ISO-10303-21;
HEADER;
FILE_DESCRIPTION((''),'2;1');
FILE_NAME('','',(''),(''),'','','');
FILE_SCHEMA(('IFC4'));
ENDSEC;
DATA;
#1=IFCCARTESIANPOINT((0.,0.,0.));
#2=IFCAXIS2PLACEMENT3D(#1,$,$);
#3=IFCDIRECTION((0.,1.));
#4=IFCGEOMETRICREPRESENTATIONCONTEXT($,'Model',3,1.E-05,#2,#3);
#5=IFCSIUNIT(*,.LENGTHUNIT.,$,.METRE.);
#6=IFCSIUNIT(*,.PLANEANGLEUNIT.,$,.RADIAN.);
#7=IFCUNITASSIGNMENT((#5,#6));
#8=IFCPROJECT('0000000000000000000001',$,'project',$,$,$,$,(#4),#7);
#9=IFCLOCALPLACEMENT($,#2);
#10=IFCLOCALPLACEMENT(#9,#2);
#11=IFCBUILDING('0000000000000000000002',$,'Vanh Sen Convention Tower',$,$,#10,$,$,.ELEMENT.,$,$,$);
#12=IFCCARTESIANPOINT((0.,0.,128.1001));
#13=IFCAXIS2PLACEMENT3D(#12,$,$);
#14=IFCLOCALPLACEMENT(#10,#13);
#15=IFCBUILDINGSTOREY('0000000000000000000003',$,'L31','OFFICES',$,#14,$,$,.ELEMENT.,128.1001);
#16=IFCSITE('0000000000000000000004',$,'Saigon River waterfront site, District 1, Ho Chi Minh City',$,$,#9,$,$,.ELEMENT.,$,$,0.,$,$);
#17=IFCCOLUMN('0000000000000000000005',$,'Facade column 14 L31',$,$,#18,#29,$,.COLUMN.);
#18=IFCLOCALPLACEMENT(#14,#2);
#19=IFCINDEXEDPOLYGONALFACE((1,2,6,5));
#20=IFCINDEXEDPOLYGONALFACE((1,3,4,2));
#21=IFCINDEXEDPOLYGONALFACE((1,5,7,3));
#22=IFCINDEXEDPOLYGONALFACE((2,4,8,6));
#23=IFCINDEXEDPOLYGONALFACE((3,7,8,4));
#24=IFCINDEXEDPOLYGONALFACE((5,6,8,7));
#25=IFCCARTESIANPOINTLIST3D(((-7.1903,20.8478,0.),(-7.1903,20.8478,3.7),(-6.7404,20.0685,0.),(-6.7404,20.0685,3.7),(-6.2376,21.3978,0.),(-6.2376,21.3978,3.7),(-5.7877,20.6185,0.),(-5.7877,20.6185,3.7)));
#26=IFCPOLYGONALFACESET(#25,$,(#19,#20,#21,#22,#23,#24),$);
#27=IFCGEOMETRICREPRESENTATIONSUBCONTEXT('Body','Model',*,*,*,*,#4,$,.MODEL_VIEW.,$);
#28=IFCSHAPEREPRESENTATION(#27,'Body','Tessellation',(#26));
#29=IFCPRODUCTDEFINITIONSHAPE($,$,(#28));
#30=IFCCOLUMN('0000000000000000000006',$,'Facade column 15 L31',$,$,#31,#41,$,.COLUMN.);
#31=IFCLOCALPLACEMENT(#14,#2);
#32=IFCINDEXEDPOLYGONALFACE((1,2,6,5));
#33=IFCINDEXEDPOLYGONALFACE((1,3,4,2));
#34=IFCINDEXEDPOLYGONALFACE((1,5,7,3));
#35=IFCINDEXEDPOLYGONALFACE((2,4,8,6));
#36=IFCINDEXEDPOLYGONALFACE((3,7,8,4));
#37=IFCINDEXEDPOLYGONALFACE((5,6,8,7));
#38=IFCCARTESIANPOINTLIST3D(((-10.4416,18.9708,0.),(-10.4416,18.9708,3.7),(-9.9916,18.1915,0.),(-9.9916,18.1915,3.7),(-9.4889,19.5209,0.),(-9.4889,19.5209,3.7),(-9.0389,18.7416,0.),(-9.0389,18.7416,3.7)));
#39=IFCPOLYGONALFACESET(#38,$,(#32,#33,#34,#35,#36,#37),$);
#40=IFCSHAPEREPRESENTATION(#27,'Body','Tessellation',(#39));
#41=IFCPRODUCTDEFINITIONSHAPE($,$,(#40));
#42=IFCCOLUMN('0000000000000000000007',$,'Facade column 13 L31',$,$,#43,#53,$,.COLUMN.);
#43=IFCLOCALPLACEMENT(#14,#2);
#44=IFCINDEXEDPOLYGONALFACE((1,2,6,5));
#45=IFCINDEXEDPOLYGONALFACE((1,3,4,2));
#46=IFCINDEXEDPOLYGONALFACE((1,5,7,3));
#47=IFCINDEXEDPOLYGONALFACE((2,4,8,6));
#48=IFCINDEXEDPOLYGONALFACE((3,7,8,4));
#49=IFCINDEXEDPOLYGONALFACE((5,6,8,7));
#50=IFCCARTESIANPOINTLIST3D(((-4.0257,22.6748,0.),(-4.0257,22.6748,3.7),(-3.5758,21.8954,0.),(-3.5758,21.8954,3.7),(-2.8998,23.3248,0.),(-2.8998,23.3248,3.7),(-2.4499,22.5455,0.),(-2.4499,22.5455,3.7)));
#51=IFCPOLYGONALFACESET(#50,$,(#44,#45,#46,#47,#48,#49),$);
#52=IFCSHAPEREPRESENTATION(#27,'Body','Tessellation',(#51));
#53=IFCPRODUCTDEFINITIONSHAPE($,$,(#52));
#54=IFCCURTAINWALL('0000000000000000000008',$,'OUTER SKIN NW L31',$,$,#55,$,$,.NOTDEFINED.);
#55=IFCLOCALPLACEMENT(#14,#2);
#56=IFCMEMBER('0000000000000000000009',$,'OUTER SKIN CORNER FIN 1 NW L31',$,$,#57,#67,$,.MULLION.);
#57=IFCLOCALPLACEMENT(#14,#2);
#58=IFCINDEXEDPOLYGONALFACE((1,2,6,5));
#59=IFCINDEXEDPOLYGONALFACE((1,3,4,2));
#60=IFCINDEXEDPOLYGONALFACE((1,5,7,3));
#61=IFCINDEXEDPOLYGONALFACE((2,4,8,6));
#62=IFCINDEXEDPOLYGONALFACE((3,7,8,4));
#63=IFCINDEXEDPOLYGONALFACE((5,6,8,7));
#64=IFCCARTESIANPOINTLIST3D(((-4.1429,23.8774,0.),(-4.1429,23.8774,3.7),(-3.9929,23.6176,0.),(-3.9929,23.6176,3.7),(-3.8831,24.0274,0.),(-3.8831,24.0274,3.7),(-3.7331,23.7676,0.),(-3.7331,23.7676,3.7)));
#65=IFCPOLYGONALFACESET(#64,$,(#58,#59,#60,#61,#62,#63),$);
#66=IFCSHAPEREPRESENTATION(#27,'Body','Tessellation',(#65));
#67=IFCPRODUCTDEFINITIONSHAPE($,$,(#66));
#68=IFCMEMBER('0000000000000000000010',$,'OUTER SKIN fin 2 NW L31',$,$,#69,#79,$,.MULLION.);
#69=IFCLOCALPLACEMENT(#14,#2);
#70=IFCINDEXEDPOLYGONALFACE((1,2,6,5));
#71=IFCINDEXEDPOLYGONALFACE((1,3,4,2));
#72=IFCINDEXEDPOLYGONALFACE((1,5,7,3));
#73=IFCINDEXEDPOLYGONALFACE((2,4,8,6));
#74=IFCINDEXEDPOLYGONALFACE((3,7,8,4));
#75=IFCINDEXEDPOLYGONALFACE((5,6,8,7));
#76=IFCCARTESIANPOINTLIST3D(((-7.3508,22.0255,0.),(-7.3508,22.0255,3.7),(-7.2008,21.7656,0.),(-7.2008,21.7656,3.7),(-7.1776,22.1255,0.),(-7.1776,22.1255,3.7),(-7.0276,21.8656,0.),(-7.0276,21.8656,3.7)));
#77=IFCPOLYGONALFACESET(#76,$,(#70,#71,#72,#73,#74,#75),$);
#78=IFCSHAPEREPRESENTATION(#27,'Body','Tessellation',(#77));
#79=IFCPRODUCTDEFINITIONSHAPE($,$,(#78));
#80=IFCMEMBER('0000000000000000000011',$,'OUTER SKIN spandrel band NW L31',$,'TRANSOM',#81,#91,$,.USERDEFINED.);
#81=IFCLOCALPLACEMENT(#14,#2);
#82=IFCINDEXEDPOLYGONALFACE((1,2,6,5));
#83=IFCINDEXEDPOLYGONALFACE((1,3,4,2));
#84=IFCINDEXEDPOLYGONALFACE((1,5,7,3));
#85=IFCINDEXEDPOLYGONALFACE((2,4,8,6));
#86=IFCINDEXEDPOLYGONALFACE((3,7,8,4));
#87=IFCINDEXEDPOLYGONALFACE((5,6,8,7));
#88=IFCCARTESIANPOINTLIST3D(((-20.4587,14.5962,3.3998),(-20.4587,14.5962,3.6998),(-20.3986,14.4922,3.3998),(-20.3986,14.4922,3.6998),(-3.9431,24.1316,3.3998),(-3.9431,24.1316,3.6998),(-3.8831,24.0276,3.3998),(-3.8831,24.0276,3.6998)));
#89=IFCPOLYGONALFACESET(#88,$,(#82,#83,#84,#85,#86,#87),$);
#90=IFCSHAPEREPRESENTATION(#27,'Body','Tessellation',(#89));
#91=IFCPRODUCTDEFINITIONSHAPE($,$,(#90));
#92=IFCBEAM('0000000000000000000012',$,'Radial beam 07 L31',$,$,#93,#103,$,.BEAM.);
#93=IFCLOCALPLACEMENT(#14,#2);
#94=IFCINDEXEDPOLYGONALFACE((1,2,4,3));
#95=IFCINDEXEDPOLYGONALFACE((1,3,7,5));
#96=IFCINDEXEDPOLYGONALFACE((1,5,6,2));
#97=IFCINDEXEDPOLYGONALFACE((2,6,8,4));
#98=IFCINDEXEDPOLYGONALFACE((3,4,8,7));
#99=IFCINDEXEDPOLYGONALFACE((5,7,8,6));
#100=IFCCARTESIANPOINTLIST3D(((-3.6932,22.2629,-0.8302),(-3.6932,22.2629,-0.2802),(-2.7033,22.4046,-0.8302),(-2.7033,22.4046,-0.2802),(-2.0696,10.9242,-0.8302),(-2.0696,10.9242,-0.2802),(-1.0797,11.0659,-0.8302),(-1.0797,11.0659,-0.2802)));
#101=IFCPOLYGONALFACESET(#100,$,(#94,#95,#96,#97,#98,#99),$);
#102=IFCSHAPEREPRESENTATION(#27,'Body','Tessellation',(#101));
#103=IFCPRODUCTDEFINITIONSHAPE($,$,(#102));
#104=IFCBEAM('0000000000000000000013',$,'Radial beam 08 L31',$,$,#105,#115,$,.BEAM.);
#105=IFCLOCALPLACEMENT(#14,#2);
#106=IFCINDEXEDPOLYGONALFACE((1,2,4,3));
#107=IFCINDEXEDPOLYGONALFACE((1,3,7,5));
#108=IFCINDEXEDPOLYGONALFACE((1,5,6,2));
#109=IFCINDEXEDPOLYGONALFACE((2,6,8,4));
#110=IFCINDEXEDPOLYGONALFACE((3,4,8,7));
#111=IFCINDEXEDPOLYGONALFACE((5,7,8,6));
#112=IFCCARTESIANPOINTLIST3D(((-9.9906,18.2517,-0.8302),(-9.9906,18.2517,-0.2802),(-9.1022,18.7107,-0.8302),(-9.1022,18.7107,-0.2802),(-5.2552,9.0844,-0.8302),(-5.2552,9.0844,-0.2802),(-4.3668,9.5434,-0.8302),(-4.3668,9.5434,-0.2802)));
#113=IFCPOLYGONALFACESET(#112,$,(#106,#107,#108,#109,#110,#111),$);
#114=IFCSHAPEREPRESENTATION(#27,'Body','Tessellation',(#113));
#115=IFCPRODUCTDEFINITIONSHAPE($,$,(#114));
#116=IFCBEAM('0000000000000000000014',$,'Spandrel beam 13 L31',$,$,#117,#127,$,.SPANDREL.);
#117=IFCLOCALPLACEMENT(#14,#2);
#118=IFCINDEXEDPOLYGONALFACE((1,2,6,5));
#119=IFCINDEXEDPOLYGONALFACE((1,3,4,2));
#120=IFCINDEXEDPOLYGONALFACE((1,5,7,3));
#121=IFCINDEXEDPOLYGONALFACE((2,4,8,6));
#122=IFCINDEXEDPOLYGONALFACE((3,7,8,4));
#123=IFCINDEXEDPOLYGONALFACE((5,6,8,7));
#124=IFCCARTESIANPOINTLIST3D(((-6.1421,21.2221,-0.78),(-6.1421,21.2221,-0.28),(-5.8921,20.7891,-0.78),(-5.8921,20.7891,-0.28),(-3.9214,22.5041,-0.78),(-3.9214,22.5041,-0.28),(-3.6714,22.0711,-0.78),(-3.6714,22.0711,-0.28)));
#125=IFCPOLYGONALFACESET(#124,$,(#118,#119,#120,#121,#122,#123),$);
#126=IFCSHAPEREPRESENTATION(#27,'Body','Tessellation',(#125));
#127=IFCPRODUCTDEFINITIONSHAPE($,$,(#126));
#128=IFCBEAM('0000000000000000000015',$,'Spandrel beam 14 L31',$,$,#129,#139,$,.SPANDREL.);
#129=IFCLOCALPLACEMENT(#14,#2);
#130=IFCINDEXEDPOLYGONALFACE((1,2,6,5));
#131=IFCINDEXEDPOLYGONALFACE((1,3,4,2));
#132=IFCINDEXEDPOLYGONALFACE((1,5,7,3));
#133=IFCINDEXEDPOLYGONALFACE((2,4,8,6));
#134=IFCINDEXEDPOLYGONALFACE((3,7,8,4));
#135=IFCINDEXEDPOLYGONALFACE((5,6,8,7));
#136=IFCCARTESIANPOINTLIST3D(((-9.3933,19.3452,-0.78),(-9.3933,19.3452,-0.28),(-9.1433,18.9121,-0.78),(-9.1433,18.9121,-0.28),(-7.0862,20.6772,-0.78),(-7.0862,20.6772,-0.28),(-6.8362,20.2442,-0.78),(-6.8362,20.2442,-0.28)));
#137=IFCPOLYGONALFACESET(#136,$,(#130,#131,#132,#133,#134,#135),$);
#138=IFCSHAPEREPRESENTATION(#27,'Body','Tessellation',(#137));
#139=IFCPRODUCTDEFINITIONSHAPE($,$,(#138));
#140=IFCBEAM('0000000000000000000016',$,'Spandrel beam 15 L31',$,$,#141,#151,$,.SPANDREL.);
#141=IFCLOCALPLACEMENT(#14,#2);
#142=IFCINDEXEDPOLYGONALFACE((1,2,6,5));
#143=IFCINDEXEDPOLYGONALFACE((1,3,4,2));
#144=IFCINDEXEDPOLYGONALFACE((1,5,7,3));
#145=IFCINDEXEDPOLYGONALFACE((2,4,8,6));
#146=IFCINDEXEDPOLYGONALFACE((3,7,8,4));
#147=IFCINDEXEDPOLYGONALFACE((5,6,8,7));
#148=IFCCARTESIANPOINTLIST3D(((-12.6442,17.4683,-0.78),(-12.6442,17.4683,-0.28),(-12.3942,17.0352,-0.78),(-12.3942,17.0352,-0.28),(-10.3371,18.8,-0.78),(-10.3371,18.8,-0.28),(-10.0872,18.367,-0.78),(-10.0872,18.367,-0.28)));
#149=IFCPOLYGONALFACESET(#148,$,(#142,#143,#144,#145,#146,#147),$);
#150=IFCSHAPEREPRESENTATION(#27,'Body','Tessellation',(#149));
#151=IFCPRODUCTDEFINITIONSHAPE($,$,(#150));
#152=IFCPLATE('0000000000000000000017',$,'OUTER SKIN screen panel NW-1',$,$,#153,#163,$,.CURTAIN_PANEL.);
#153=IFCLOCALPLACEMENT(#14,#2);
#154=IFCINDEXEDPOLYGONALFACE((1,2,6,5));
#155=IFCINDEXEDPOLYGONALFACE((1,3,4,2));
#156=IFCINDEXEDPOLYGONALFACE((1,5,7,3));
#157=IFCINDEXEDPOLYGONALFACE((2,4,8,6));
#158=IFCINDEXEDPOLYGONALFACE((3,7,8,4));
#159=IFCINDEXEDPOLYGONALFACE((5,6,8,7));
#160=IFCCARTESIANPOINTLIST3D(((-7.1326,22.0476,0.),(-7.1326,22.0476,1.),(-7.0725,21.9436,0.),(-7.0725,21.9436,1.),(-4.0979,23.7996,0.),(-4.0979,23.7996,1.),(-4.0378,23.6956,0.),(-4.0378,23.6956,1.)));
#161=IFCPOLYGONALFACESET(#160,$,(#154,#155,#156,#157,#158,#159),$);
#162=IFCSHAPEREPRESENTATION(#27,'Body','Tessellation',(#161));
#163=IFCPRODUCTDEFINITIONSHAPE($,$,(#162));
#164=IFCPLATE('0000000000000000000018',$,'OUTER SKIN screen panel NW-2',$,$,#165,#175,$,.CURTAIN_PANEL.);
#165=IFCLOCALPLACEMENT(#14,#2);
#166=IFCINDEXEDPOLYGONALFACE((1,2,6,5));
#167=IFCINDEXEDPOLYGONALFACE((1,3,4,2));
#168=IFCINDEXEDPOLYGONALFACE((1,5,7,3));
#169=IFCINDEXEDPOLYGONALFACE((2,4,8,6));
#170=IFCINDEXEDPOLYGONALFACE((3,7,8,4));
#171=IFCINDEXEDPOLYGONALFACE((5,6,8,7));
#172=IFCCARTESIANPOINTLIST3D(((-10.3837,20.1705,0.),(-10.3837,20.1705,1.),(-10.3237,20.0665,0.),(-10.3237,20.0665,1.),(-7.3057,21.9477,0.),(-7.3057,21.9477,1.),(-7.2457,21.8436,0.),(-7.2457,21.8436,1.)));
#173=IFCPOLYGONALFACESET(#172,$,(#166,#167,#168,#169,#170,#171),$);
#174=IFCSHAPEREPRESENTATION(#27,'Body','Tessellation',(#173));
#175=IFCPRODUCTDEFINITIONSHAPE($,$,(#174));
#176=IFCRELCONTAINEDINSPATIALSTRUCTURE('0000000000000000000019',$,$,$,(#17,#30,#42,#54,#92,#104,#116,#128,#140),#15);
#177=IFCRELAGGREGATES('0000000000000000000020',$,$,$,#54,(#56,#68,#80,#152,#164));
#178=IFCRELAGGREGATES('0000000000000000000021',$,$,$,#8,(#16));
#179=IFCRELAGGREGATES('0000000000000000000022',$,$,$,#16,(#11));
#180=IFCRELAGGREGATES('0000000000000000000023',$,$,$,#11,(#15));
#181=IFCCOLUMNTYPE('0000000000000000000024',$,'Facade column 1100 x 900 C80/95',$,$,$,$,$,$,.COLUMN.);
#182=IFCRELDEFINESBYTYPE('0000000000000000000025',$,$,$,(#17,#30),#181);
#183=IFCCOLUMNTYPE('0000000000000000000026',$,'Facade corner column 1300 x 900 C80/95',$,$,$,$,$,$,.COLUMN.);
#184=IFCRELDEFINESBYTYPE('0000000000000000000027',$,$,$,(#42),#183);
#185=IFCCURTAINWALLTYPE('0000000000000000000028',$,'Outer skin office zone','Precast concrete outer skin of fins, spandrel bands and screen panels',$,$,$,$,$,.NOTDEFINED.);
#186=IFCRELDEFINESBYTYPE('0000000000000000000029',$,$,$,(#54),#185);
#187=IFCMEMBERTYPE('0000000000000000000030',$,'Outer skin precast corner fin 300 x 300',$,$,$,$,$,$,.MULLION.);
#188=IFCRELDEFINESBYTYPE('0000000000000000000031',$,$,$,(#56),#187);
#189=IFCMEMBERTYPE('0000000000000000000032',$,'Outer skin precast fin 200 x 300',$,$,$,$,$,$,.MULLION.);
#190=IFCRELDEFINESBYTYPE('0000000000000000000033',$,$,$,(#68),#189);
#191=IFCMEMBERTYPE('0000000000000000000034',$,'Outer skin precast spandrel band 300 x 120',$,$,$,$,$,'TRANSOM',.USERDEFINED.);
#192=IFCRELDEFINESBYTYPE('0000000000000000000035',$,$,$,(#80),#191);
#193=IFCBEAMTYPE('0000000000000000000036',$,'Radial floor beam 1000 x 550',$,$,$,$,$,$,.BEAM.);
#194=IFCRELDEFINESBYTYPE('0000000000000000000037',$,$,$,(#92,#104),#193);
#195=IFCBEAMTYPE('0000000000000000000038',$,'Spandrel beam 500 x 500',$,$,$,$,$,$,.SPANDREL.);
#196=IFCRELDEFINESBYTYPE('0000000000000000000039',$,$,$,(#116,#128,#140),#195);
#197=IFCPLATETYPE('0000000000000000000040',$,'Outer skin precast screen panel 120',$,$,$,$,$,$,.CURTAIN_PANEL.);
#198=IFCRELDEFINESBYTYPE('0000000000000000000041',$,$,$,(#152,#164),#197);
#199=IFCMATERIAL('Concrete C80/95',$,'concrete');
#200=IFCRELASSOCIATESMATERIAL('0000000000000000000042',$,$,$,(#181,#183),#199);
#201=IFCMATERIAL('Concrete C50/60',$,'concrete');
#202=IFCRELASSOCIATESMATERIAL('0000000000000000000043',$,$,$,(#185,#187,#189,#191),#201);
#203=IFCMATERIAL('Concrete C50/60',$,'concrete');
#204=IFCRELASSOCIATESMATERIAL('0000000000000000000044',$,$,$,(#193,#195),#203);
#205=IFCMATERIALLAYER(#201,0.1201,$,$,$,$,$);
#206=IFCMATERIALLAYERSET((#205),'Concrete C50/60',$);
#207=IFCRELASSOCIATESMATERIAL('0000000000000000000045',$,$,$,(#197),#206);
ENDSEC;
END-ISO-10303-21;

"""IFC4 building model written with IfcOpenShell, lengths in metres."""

from ifc_helpers import new_model, si_unit, direction, frame, origin, origin_2d, place, context, subcontext, project, spatial, rectangle, extrude, material, layer, layer_set, material_profile, profile_set, type_object, element, aggregate, save


model = new_model("IFC4")

# Units and contexts
model_context = context("Model", 3, precision=1e-05, world=origin(), true_north=direction((0.0, 1.0)))
body_context = subcontext(model_context, "Body", "Model", "MODEL_VIEW")
ifc_project = project(units=[si_unit("LENGTHUNIT", "METRE"), si_unit("PLANEANGLEUNIT", "RADIAN")], contexts=[model_context])

# Site, building, storey
site_placement = place(None, origin())
site = spatial("IfcSite", under=ifc_project, at=site_placement, Name="Saigon River waterfront site, District 1, Ho Chi Minh City", CompositionType="ELEMENT", RefElevation=0.0)
building_placement = place(site_placement, origin())
building = spatial("IfcBuilding", under=site, at=building_placement, Name="Vanh Sen Convention Tower", CompositionType="ELEMENT")
storey_placement = place(building_placement, frame((0.0, 0.0, 128.1001)))
storey = spatial("IfcBuildingStorey", under=building, at=storey_placement, Name="L31", Description="OFFICES", CompositionType="ELEMENT", Elevation=128.1001)

# Columns
ifc_material_1 = material(Name="Concrete C80/95", Category="concrete")
ifc_material_profile_1 = material_profile(ifc_material_1, rectangle(XDim=1.1001, YDim=0.8999, at=origin_2d()), Name="RC 1100X900")
ifc_profile_set_1 = profile_set([ifc_material_profile_1], Name="Concrete C80/95")
column_type_1 = type_object("IfcColumnType", Name="Facade column 1100 x 900 C80/95", PredefinedType="COLUMN", material=ifc_profile_set_1)
for number, where, z_axis, x_axis, name in (
    (1, (-6.489, 20.7332, 0.0), (0.0, 0.0, 1.0), (-0.866025, -0.5, 0.0), "Facade column 14 L31"),
    (2, (-9.7402, 18.8562, 0.0), (0.0, 0.0, 1.0), (-0.866025, -0.5, 0.0), "Facade column 15 L31"),
):
    element("IfcColumn", number, at=place(storey_placement, frame(where, z_axis=z_axis, x_axis=x_axis)), inside=storey, type_object=column_type_1, Name=name, PredefinedType="COLUMN", context=body_context, shape_type="SweptSolid", body=[
        extrude(rectangle(XDim=1.1001, YDim=0.8999, at=origin_2d()), origin(), (0.0, 0.0, 1.0), 3.7),
    ])
ifc_material_profile_2 = material_profile(ifc_material_1, rectangle(XDim=1.3, YDim=0.8999, at=origin_2d()), Name="RC 1300X900")
ifc_profile_set_2 = profile_set([ifc_material_profile_2], Name="Concrete C80/95")
column_type_2 = type_object("IfcColumnType", Name="Facade corner column 1300 x 900 C80/95", PredefinedType="COLUMN", material=ifc_profile_set_2)
column_placement = place(storey_placement, frame((-3.2378, 22.6101, 0.0), z_axis=(0.0, 0.0, 1.0), x_axis=(-0.866025, -0.5, 0.0)))
element("IfcColumn", 3, at=column_placement, inside=storey, type_object=column_type_2, Name="Facade column 13 L31", PredefinedType="COLUMN", context=body_context, shape_type="SweptSolid", body=[
    extrude(rectangle(XDim=1.3, YDim=0.8999, at=origin_2d()), origin(), (0.0, 0.0, 1.0), 3.7),
])

# Curtain wall, members
ifc_material_2 = material(Name="Concrete C50/60", Category="concrete")
curtain_wall_type = type_object("IfcCurtainWallType", Name="Outer skin office zone", Description="Precast concrete outer skin of fins, spandrel bands and screen panels", PredefinedType="NOTDEFINED", material=ifc_material_2)
curtain_wall_placement = place(storey_placement, origin())
curtain_wall = element("IfcCurtainWall", 4, at=curtain_wall_placement, inside=storey, type_object=curtain_wall_type, Name="OUTER SKIN NW L31", PredefinedType="NOTDEFINED")
ifc_material_profile_3 = material_profile(ifc_material_2, rectangle(XDim=0.3, YDim=0.3, at=origin_2d()), Name="Outer skin precast corner fin 300 x 300")
ifc_profile_set_3 = profile_set([ifc_material_profile_3], Name="Concrete C50/60")
member_type_1 = type_object("IfcMemberType", Name="Outer skin precast corner fin 300 x 300", PredefinedType="MULLION", material=ifc_profile_set_3)
member_1_placement = place(storey_placement, frame((-3.938, 23.8225, 0.0), z_axis=(0.0, 0.0, 1.0), x_axis=(-0.866025, -0.5, 0.0)))
member_1 = element("IfcMember", 5, at=member_1_placement, type_object=member_type_1, Name="OUTER SKIN CORNER FIN 1 NW L31", PredefinedType="MULLION", context=body_context, shape_type="SweptSolid", body=[
    extrude(rectangle(XDim=0.3, YDim=0.3, at=origin_2d()), origin(), (0.0, 0.0, 1.0), 3.7),
])
ifc_material_profile_4 = material_profile(ifc_material_2, rectangle(XDim=0.2, YDim=0.3, at=origin_2d()), Name="Outer skin precast fin 200 x 300")
ifc_profile_set_4 = profile_set([ifc_material_profile_4], Name="Concrete C50/60")
member_type_2 = type_object("IfcMemberType", Name="Outer skin precast fin 200 x 300", PredefinedType="MULLION", material=ifc_profile_set_4)
member_2_placement = place(storey_placement, frame((-7.1892, 21.9456, 0.0), z_axis=(0.0, 0.0, 1.0), x_axis=(-0.866025, -0.5, 0.0)))
member_2 = element("IfcMember", 6, at=member_2_placement, type_object=member_type_2, Name="OUTER SKIN fin 2 NW L31", PredefinedType="MULLION", context=body_context, shape_type="SweptSolid", body=[
    extrude(rectangle(XDim=0.2, YDim=0.3, at=origin_2d()), origin(), (0.0, 0.0, 1.0), 3.7),
])
ifc_material_profile_5 = material_profile(ifc_material_2, rectangle(XDim=0.1201, YDim=0.3, at=origin_2d()), Name="Outer skin precast spandrel band 300 x 120")
ifc_profile_set_5 = profile_set([ifc_material_profile_5], Name="Concrete C50/60")
member_type_3 = type_object("IfcMemberType", Name="Outer skin precast spandrel band 300 x 120", ElementType="TRANSOM", PredefinedType="USERDEFINED", material=ifc_profile_set_5)
member_3_placement = place(storey_placement, frame((-3.9131, 24.0796, 3.5498), z_axis=(-0.866023, -0.500004, 0.0), x_axis=(0.500004, -0.866023, 0.0)))
member_3 = element("IfcMember", 7, at=member_3_placement, type_object=member_type_3, Name="OUTER SKIN spandrel band NW L31", ObjectType="TRANSOM", PredefinedType="USERDEFINED", context=body_context, shape_type="SweptSolid", body=[
    extrude(rectangle(XDim=0.1201, YDim=0.3, at=origin_2d()), origin(), (0.0, 0.0, 1.0), 19.0706),
])

# Beams
ifc_material_3 = material(Name="Concrete C50/60", Category="concrete")
ifc_material_profile_6 = material_profile(ifc_material_3, rectangle(XDim=1.0, YDim=0.55, at=origin_2d()), Name="RC 1000X550")
ifc_profile_set_6 = profile_set([ifc_material_profile_6], Name="Concrete C50/60")
beam_type_1 = type_object("IfcBeamType", Name="Radial floor beam 1000 x 550", PredefinedType="BEAM", material=ifc_profile_set_6)
beam_1_placement = place(storey_placement, frame((-3.1982, 22.3337, -0.5552), z_axis=(0.141741, -0.989904, 0.0), x_axis=(0.989904, 0.141741, 0.0)))
element("IfcBeam", 8, at=beam_1_placement, inside=storey, type_object=beam_type_1, Name="Radial beam 07 L31", PredefinedType="BEAM", context=body_context, shape_type="SweptSolid", body=[
    extrude(rectangle(XDim=1.0, YDim=0.55, at=origin_2d()), origin(), (0.0, 0.0, 1.0), 11.4543),
])
beam_2_placement = place(storey_placement, frame((-9.5464, 18.4812, -0.5552), z_axis=(0.458939, -0.888468, 0.0), x_axis=(0.888468, 0.458939, 0.0)))
element("IfcBeam", 9, at=beam_2_placement, inside=storey, type_object=beam_type_1, Name="Radial beam 08 L31", PredefinedType="BEAM", context=body_context, shape_type="SweptSolid", body=[
    extrude(rectangle(XDim=1.0, YDim=0.55, at=origin_2d()), origin(), (0.0, 0.0, 1.0), 10.3181),
])
ifc_material_profile_7 = material_profile(ifc_material_3, rectangle(XDim=0.5, YDim=0.5, at=origin_2d()), Name="RC 500X500")
ifc_profile_set_7 = profile_set([ifc_material_profile_7], Name="Concrete C50/60")
beam_type_2 = type_object("IfcBeamType", Name="Spandrel beam 500 x 500", PredefinedType="SPANDREL", material=ifc_profile_set_7)
beam_3_placement = place(storey_placement, frame((-3.7964, 22.2876, -0.53), z_axis=(-0.866049, -0.499959, 0.0), x_axis=(0.499959, -0.866049, 0.0)))
element("IfcBeam", 10, at=beam_3_placement, inside=storey, type_object=beam_type_2, Name="Spandrel beam 13 L31", PredefinedType="SPANDREL", context=body_context, shape_type="SweptSolid", body=[
    extrude(rectangle(XDim=0.5, YDim=0.5, at=origin_2d()), origin(), (0.0, 0.0, 1.0), 2.5642),
])
beam_4_placement = place(storey_placement, frame((-6.9612, 20.4607, -0.53), z_axis=(-0.866024, -0.500003, 0.0), x_axis=(0.500003, -0.866024, 0.0)))
element("IfcBeam", 11, at=beam_4_placement, inside=storey, type_object=beam_type_2, Name="Spandrel beam 14 L31", PredefinedType="SPANDREL", context=body_context, shape_type="SweptSolid", body=[
    extrude(rectangle(XDim=0.5, YDim=0.5, at=origin_2d()), origin(), (0.0, 0.0, 1.0), 2.6641),
])
beam_5_placement = place(storey_placement, frame((-10.2122, 18.5835, -0.53), z_axis=(-0.866063, -0.499934, 0.0), x_axis=(0.499934, -0.866063, 0.0)))
element("IfcBeam", 12, at=beam_5_placement, inside=storey, type_object=beam_type_2, Name="Spandrel beam 15 L31", PredefinedType="SPANDREL", context=body_context, shape_type="SweptSolid", body=[
    extrude(rectangle(XDim=0.5, YDim=0.5, at=origin_2d()), origin(), (0.0, 0.0, 1.0), 2.6638),
])

# Plates
ifc_layer_1 = layer(ifc_material_2, 0.1201)
ifc_layer_set_1 = layer_set([ifc_layer_1], Name="Concrete C50/60")
plate_type = type_object("IfcPlateType", Name="Outer skin precast screen panel 120", PredefinedType="CURTAIN_PANEL", material=ifc_layer_set_1)
plate_1_placement = place(storey_placement, frame((-5.5852, 22.8716, 0.0), z_axis=(0.0, 0.0, 1.0), x_axis=(-0.866035, -0.499983, 0.0)))
plate_1 = element("IfcPlate", 13, at=plate_1_placement, type_object=plate_type, Name="OUTER SKIN screen panel NW-1", PredefinedType="CURTAIN_PANEL", context=body_context, shape_type="SweptSolid", body=[
    extrude(rectangle(XDim=3.5042, YDim=0.1201, at=origin_2d()), origin(), (0.0, 0.0, 1.0), 1.0),
])
plate_2_placement = place(storey_placement, frame((-8.8147, 21.0071, 0.0), z_axis=(0.0, 0.0, 1.0), x_axis=(-0.866017, -0.500015, 0.0)))
plate_2 = element("IfcPlate", 14, at=plate_2_placement, type_object=plate_type, Name="OUTER SKIN screen panel NW-2", PredefinedType="CURTAIN_PANEL", context=body_context, shape_type="SweptSolid", body=[
    extrude(rectangle(XDim=3.5542, YDim=0.1201, at=origin_2d()), origin(), (0.0, 0.0, 1.0), 1.0),
])
aggregate(curtain_wall, [member_1, member_2, member_3, plate_1, plate_2])

save(model, "model.ifc")
